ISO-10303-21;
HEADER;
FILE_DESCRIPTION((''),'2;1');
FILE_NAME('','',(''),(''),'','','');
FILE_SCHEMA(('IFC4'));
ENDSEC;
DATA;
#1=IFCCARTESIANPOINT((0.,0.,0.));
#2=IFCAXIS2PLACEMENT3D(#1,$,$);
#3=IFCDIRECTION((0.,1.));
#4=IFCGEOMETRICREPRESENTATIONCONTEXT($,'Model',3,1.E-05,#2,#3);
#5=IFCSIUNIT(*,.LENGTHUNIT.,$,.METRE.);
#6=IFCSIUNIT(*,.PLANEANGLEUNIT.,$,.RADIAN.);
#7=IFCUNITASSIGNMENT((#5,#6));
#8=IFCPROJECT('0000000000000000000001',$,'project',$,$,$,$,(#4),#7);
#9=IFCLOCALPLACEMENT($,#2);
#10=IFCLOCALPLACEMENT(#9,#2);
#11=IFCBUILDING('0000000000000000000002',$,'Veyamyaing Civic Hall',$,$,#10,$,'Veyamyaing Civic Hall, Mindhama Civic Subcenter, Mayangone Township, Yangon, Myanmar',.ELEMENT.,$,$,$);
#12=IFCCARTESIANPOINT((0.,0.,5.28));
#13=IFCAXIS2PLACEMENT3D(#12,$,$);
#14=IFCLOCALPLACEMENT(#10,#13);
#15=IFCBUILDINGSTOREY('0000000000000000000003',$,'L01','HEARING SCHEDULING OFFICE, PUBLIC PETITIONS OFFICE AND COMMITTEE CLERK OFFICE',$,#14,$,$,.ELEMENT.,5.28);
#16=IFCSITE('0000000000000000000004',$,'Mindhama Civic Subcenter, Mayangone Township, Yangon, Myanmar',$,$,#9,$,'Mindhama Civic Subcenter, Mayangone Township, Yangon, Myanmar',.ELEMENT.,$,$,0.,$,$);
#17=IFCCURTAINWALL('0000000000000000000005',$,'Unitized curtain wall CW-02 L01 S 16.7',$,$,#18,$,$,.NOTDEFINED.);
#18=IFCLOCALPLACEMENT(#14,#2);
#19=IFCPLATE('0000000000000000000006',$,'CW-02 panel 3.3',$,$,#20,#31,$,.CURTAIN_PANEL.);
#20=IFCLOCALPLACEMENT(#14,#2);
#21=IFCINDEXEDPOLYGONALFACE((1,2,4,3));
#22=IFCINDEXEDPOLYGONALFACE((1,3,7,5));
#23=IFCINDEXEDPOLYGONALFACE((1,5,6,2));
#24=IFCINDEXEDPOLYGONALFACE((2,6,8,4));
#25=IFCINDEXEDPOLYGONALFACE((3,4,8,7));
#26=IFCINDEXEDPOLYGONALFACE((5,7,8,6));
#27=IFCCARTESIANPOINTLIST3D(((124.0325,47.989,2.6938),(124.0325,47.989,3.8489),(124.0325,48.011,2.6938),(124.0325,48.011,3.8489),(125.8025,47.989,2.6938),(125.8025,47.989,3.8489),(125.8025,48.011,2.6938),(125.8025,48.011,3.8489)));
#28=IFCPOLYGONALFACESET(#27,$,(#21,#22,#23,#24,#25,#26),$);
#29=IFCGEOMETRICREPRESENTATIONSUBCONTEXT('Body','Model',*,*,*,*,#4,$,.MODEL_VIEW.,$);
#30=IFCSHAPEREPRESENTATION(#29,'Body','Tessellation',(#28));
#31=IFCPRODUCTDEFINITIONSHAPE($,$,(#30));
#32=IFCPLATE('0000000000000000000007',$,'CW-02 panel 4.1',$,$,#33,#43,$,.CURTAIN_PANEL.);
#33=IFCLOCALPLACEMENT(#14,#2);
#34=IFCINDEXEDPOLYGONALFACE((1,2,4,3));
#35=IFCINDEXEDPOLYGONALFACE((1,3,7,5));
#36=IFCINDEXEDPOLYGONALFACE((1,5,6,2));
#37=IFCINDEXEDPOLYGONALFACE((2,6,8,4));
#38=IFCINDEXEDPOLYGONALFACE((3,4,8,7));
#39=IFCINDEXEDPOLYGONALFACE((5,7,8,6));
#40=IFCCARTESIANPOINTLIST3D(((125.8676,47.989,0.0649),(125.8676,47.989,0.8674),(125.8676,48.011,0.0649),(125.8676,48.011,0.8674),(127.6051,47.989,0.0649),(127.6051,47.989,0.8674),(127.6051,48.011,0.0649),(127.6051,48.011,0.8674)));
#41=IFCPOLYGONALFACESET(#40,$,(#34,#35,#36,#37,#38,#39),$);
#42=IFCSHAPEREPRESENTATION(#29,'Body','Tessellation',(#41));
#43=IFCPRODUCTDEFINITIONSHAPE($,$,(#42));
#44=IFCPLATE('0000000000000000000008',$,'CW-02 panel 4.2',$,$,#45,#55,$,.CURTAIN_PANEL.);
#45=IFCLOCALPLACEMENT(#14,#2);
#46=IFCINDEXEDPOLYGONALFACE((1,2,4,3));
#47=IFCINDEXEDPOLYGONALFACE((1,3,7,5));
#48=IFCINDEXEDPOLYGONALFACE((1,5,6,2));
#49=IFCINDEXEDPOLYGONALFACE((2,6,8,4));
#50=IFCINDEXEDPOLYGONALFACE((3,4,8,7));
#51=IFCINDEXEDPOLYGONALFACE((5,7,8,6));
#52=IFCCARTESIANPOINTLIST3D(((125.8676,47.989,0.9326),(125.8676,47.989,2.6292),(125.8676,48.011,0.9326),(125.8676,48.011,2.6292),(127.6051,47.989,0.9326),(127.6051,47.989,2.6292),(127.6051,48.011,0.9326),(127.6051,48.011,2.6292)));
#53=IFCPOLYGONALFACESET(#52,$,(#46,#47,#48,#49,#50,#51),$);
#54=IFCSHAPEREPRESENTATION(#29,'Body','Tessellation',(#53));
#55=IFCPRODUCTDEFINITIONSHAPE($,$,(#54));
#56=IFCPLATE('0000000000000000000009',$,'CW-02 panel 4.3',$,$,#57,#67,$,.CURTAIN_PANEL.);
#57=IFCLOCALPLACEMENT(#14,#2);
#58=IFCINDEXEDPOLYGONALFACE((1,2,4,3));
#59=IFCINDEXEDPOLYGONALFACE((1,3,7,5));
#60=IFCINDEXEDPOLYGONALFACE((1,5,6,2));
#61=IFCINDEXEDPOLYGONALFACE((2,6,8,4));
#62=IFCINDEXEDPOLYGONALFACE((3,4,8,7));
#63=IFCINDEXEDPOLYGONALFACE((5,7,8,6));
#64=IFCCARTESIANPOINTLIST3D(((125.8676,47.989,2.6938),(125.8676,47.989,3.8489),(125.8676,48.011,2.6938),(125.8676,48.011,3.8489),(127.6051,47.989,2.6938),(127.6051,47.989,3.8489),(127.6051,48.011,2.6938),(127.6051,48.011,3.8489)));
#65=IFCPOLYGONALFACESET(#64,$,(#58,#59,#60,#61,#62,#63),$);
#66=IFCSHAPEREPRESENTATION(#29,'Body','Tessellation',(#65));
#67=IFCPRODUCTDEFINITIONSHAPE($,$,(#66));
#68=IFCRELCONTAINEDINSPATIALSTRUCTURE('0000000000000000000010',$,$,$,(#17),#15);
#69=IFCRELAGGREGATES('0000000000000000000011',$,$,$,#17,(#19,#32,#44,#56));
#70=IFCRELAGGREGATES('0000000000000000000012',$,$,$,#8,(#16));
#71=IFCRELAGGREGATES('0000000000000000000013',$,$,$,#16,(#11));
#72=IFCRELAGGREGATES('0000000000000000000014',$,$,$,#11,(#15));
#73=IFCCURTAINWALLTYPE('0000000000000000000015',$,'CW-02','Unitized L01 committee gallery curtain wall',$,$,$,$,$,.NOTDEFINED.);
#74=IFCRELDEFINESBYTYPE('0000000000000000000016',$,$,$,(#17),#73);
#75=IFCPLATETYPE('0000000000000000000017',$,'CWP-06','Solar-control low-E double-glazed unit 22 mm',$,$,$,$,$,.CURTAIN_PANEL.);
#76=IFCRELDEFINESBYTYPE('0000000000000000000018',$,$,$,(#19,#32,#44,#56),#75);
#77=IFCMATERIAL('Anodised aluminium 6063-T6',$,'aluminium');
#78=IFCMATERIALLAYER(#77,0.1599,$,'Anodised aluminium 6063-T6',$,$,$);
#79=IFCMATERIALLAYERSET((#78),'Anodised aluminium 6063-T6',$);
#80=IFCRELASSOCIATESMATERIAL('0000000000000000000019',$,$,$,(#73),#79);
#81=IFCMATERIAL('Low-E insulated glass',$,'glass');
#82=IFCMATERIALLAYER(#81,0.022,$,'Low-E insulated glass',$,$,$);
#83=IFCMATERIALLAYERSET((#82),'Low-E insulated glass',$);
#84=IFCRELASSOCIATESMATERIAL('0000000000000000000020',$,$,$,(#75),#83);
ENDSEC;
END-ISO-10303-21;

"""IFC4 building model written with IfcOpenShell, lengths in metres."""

from ifc_helpers import new_model, si_unit, direction, frame, origin, origin_2d, place, context, subcontext, project, spatial, rectangle, extrude, material, layer, layer_set, type_object, element, aggregate, save


model = new_model("IFC4")

# Units and contexts
model_context = context("Model", 3, precision=1e-05, world=origin(), true_north=direction((0.0, 1.0)))
body_context = subcontext(model_context, "Body", "Model", "MODEL_VIEW")
ifc_project = project(units=[si_unit("LENGTHUNIT", "METRE"), si_unit("PLANEANGLEUNIT", "RADIAN")], contexts=[model_context])

# Site, building, storey
site_placement = place(None, origin())
site = spatial("IfcSite", under=ifc_project, at=site_placement, Name="Mindhama Civic Subcenter, Mayangone Township, Yangon, Myanmar", LongName="Mindhama Civic Subcenter, Mayangone Township, Yangon, Myanmar", CompositionType="ELEMENT", RefElevation=0.0)
building_placement = place(site_placement, origin())
building = spatial("IfcBuilding", under=site, at=building_placement, Name="Veyamyaing Civic Hall", LongName="Veyamyaing Civic Hall, Mindhama Civic Subcenter, Mayangone Township, Yangon, Myanmar", CompositionType="ELEMENT")
storey_placement = place(building_placement, frame((0.0, 0.0, 5.28)))
storey = spatial("IfcBuildingStorey", under=building, at=storey_placement, Name="L01", Description="HEARING SCHEDULING OFFICE, PUBLIC PETITIONS OFFICE AND COMMITTEE CLERK OFFICE", CompositionType="ELEMENT", Elevation=5.28)

# Curtain wall
ifc_material_1 = material(Name="Anodised aluminium 6063-T6", Category="aluminium")
ifc_layer_1 = layer(ifc_material_1, 0.1599, Name="Anodised aluminium 6063-T6")
ifc_layer_set_1 = layer_set([ifc_layer_1], Name="Anodised aluminium 6063-T6")
curtain_wall_type = type_object("IfcCurtainWallType", Name="CW-02", Description="Unitized L01 committee gallery curtain wall", PredefinedType="NOTDEFINED", material=ifc_layer_set_1)
curtain_wall_1_placement = place(storey_placement, origin())
curtain_wall_1 = element("IfcCurtainWall", 1, at=curtain_wall_1_placement, inside=storey, type_object=curtain_wall_type, Name="Unitized curtain wall CW-02 L01 S 16.7", PredefinedType="NOTDEFINED")

# Plates
ifc_material_2 = material(Name="Low-E insulated glass", Category="glass")
ifc_layer_2 = layer(ifc_material_2, 0.022, Name="Low-E insulated glass")
ifc_layer_set_2 = layer_set([ifc_layer_2], Name="Low-E insulated glass")
plate_type_1 = type_object("IfcPlateType", Name="CWP-06", Description="Solar-control low-E double-glazed unit 22 mm", PredefinedType="CURTAIN_PANEL", material=ifc_layer_set_2)
plate_1_placement = place(storey_placement, frame((124.9175, 48.0, 2.6938), z_axis=(0.0, 0.0, 1.0), x_axis=(1.0, 0.0, 0.0)))
plate_1 = element("IfcPlate", 2, at=plate_1_placement, type_object=plate_type_1, Name="CW-02 panel 3.3", PredefinedType="CURTAIN_PANEL", context=body_context, shape_type="SweptSolid", body=[
    extrude(rectangle(XDim=1.77, YDim=0.022, at=origin_2d()), origin(), (0.0, 0.0, 1.0), 1.155),
])
plate_2_placement = place(storey_placement, frame((126.7363, 48.0, 0.0649), z_axis=(0.0, 0.0, 1.0), x_axis=(1.0, 0.0, 0.0)))
plate_2 = element("IfcPlate", 3, at=plate_2_placement, type_object=plate_type_1, Name="CW-02 panel 4.1", PredefinedType="CURTAIN_PANEL", context=body_context, shape_type="SweptSolid", body=[
    extrude(rectangle(XDim=1.7375, YDim=0.022, at=origin_2d()), origin(), (0.0, 0.0, 1.0), 0.8025),
])
plate_3_placement = place(storey_placement, frame((126.7363, 48.0, 0.9326), z_axis=(0.0, 0.0, 1.0), x_axis=(1.0, 0.0, 0.0)))
plate_3 = element("IfcPlate", 4, at=plate_3_placement, type_object=plate_type_1, Name="CW-02 panel 4.2", PredefinedType="CURTAIN_PANEL", context=body_context, shape_type="SweptSolid", body=[
    extrude(rectangle(XDim=1.7375, YDim=0.022, at=origin_2d()), origin(), (0.0, 0.0, 1.0), 1.6965),
])
plate_4_placement = place(storey_placement, frame((126.7363, 48.0, 2.6938), z_axis=(0.0, 0.0, 1.0), x_axis=(1.0, 0.0, 0.0)))
plate_4 = element("IfcPlate", 5, at=plate_4_placement, type_object=plate_type_1, Name="CW-02 panel 4.3", PredefinedType="CURTAIN_PANEL", context=body_context, shape_type="SweptSolid", body=[
    extrude(rectangle(XDim=1.7375, YDim=0.022, at=origin_2d()), origin(), (0.0, 0.0, 1.0), 1.155),
])
aggregate(curtain_wall_1, [plate_1, plate_2, plate_3, plate_4])

save(model, "model.ifc")
